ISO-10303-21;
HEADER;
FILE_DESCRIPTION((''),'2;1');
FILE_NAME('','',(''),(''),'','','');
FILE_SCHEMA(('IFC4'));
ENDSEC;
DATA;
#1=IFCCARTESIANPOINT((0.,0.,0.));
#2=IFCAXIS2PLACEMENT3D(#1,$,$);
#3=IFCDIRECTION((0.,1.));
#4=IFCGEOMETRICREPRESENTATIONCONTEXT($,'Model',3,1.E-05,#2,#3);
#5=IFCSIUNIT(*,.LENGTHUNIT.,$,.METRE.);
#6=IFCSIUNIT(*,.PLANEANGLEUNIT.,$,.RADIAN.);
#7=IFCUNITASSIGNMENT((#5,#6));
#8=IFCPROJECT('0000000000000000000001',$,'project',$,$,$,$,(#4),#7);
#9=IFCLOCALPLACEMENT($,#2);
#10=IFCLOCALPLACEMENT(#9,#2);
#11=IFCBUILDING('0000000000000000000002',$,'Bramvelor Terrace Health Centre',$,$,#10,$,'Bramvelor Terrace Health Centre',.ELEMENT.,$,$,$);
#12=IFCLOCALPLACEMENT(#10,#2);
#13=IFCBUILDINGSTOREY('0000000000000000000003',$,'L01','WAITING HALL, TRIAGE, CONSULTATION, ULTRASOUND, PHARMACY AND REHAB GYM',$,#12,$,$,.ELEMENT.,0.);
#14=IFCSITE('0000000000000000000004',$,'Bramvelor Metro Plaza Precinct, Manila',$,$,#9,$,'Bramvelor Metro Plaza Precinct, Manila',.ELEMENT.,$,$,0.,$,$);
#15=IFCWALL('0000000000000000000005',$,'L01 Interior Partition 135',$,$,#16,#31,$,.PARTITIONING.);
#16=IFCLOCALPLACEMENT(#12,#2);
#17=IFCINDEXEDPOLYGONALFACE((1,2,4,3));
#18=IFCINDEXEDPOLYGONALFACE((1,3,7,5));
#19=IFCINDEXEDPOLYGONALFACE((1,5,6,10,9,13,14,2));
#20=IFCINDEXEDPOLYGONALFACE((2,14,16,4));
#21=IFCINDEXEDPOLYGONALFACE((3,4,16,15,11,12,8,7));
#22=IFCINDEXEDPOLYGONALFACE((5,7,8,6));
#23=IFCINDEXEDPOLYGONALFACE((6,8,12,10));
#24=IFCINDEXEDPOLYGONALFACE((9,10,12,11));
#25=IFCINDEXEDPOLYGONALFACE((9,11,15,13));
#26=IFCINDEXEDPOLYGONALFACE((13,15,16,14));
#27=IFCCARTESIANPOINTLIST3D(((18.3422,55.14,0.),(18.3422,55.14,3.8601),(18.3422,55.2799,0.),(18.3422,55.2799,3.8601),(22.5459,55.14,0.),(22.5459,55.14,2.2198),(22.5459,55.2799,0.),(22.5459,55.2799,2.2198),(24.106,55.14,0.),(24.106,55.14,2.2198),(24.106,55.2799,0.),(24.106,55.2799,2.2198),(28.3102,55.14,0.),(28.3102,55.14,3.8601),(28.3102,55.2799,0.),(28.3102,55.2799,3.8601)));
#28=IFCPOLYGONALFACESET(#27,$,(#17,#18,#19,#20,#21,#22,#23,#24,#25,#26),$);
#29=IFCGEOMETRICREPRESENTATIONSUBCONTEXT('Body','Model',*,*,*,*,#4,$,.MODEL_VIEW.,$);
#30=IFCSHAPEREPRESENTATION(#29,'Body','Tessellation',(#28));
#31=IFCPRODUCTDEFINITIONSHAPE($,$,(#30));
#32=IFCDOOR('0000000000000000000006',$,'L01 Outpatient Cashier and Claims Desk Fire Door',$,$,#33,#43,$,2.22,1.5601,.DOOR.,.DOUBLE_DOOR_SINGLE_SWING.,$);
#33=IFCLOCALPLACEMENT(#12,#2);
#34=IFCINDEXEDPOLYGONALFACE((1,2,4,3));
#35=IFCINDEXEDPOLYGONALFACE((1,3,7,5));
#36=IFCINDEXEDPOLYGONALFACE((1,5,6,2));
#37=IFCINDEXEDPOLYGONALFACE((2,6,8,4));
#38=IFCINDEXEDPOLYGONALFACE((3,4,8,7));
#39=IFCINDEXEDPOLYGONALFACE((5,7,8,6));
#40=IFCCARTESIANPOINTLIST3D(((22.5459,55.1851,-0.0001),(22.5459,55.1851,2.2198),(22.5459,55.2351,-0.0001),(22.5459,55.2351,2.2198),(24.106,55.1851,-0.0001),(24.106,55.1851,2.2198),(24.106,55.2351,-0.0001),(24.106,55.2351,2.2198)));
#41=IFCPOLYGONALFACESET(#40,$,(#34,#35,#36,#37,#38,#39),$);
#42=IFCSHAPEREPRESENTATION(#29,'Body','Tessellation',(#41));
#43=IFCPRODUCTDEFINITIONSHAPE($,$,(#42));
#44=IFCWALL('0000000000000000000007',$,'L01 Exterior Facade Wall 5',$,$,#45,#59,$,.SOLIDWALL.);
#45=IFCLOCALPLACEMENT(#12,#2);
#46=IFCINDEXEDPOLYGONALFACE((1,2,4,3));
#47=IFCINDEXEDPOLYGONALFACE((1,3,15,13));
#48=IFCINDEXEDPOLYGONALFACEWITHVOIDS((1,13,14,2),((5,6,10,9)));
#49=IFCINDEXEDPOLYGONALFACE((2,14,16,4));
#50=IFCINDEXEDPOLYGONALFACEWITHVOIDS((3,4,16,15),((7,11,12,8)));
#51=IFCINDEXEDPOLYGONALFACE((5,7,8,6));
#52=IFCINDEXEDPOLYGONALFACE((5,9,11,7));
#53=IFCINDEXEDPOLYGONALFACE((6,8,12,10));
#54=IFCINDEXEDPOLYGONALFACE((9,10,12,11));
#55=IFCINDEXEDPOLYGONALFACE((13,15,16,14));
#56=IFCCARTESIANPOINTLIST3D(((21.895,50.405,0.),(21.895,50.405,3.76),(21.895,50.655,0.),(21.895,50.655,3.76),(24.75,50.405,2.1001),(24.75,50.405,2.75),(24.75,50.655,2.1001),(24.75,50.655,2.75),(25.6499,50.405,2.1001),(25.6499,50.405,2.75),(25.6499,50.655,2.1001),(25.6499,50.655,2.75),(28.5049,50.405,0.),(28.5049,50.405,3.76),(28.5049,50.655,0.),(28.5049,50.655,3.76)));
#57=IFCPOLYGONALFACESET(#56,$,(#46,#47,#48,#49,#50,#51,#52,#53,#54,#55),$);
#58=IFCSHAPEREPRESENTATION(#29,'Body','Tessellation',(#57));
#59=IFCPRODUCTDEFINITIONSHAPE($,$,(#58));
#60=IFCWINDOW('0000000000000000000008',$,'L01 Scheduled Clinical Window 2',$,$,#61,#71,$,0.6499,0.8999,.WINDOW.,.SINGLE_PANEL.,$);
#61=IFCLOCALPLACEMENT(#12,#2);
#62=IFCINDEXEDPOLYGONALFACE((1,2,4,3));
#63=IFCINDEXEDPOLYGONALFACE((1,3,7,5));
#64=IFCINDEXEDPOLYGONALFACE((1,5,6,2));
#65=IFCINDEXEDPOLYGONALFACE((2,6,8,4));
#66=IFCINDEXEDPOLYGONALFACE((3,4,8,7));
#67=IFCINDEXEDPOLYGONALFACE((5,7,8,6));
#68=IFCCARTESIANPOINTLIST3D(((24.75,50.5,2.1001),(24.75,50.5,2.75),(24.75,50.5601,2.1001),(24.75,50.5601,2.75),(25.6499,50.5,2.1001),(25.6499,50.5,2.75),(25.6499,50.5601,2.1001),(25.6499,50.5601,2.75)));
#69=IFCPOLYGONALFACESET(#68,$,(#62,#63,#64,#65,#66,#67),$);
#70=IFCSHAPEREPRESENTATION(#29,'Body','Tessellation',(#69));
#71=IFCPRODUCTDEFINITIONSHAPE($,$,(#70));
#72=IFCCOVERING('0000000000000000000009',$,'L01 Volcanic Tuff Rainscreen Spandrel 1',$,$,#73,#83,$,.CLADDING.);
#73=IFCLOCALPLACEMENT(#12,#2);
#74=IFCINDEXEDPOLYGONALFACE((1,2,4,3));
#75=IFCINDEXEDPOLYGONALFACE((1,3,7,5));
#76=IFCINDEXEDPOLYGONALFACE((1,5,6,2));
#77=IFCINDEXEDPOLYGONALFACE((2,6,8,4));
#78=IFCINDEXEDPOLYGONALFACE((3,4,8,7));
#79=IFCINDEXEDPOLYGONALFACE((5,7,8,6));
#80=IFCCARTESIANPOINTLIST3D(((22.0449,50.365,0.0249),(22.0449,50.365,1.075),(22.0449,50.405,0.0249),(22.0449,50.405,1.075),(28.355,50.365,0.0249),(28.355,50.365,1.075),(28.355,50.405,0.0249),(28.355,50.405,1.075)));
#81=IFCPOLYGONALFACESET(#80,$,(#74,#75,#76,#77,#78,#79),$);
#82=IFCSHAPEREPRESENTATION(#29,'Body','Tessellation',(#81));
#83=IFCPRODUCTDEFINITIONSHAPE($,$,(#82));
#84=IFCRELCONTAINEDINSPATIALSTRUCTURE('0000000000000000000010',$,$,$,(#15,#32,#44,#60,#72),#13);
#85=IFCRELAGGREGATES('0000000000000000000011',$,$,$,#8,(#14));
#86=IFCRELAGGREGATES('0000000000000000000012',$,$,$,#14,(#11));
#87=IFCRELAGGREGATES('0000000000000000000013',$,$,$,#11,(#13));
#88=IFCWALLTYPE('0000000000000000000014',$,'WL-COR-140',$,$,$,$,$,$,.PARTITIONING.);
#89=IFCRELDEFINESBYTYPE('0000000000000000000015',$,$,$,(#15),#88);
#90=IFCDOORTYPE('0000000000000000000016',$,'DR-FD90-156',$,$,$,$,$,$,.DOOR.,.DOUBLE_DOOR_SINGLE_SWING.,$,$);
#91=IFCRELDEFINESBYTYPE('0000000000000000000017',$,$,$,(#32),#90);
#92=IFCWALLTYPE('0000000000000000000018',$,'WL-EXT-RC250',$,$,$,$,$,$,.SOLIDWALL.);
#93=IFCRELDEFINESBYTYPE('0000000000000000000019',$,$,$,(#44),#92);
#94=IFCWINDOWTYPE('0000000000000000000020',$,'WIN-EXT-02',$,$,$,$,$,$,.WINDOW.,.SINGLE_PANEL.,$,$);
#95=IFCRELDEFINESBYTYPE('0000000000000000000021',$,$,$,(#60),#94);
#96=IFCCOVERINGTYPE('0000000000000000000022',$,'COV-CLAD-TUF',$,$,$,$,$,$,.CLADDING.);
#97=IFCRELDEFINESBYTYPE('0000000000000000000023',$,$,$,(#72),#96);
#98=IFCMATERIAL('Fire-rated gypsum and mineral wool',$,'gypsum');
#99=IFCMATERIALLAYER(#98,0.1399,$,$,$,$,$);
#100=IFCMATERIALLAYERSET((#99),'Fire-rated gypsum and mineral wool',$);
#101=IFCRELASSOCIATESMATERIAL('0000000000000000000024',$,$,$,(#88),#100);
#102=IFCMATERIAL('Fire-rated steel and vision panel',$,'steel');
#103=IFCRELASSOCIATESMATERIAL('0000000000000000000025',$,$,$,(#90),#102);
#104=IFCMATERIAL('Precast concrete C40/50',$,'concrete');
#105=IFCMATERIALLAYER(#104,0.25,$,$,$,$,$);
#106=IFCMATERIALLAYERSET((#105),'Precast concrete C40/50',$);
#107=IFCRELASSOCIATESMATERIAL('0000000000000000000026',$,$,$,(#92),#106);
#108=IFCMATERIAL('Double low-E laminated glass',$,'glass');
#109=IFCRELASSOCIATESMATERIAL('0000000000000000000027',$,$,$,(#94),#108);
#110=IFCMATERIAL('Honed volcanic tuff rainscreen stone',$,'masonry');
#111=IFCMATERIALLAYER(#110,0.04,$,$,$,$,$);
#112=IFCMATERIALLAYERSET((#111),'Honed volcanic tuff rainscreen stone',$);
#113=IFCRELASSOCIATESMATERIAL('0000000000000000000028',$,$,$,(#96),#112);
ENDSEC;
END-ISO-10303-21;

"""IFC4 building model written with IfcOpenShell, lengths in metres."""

from ifc_helpers import new_model, si_unit, direction, frame, frame_2d, origin, origin_2d, place, context, subcontext, project, spatial, rectangle, extrude, material, layer, layer_set, type_object, element, fill, save


model = new_model("IFC4")

# Units and contexts
model_context = context("Model", 3, precision=1e-05, world=origin(), true_north=direction((0.0, 1.0)))
body_context = subcontext(model_context, "Body", "Model", "MODEL_VIEW")
ifc_project = project(units=[si_unit("LENGTHUNIT", "METRE"), si_unit("PLANEANGLEUNIT", "RADIAN")], contexts=[model_context])

# Site, building, storey
site_placement = place(None, origin())
site = spatial("IfcSite", under=ifc_project, at=site_placement, Name="Bramvelor Metro Plaza Precinct, Manila", LongName="Bramvelor Metro Plaza Precinct, Manila", CompositionType="ELEMENT", RefElevation=0.0)
building_placement = place(site_placement, origin())
building = spatial("IfcBuilding", under=site, at=building_placement, Name="Bramvelor Terrace Health Centre", LongName="Bramvelor Terrace Health Centre", CompositionType="ELEMENT")
storey_placement = place(building_placement, origin())
storey = spatial("IfcBuildingStorey", under=building, at=storey_placement, Name="L01", Description="WAITING HALL, TRIAGE, CONSULTATION, ULTRASOUND, PHARMACY AND REHAB GYM", CompositionType="ELEMENT", Elevation=0.0)

# Wall, opening, door
ifc_material_1 = material(Name="Fire-rated gypsum and mineral wool", Category="gypsum")
ifc_layer_1 = layer(ifc_material_1, 0.1399)
ifc_layer_set_1 = layer_set([ifc_layer_1], Name="Fire-rated gypsum and mineral wool")
wall_type_1 = type_object("IfcWallType", Name="WL-COR-140", PredefinedType="PARTITIONING", material=ifc_layer_set_1)
wall_1_placement = place(storey_placement, frame((28.3101, 55.21, 0.0), z_axis=(0.0, 0.0, 1.0), x_axis=(-1.0, 0.0, 0.0)))
wall_1 = element("IfcWall", 1, at=wall_1_placement, inside=storey, type_object=wall_type_1, Name="L01 Interior Partition 135", PredefinedType="PARTITIONING", context=body_context, shape_type="SweptSolid", body=[
    extrude(rectangle(XDim=9.968, YDim=0.1399, at=frame_2d((4.9839, 0.0))), origin(), (0.0, 0.0, 1.0), 3.8601),
])
opening_1_placement = place(wall_1_placement, frame((4.2041, 0.0, 0.0)))
opening_1 = element("IfcOpeningElement", 2, at=opening_1_placement, cuts=wall_1, PredefinedType="OPENING", context=body_context, shape_type="SweptSolid", body=[
    extrude(rectangle(XDim=1.5601, YDim=2.22, at=frame_2d((0.78, 1.1099))), frame((0.0, 0.0798, 0.0), z_axis=(0.0, -1.0, 0.0), x_axis=(1.0, 0.0, 0.0)), (0.0, 0.0, 1.0), 0.1599),
])
ifc_material_2 = material(Name="Fire-rated steel and vision panel", Category="steel")
door_type = type_object("IfcDoorType", Name="DR-FD90-156", OperationType="DOUBLE_DOOR_SINGLE_SWING", PredefinedType="DOOR", material=ifc_material_2)
door_placement = place(opening_1_placement, origin())
door = element("IfcDoor", 3, at=door_placement, inside=storey, type_object=door_type, Name="L01 Outpatient Cashier and Claims Desk Fire Door", OperationType="DOUBLE_DOOR_SINGLE_SWING", OverallHeight=2.22, OverallWidth=1.5601, PredefinedType="DOOR", context=body_context, shape_type="SweptSolid", body=[
    extrude(rectangle(XDim=1.5601, YDim=2.22, at=frame_2d((0.78, 1.1099))), frame((0.0, 0.0249, 0.0), z_axis=(0.0, -1.0, 0.0), x_axis=(1.0, 0.0, 0.0)), (0.0, 0.0, 1.0), 0.05),
])
fill(opening_1, door)

# Wall, opening, window
ifc_material_3 = material(Name="Precast concrete C40/50", Category="concrete")
ifc_layer_2 = layer(ifc_material_3, 0.25)
ifc_layer_set_2 = layer_set([ifc_layer_2], Name="Precast concrete C40/50")
wall_type_2 = type_object("IfcWallType", Name="WL-EXT-RC250", PredefinedType="SOLIDWALL", material=ifc_layer_set_2)
wall_2_placement = place(storey_placement, frame((28.5049, 50.53, 0.0), z_axis=(0.0, 0.0, 1.0), x_axis=(-1.0, 0.0, 0.0)))
wall_2 = element("IfcWall", 4, at=wall_2_placement, inside=storey, type_object=wall_type_2, Name="L01 Exterior Facade Wall 5", PredefinedType="SOLIDWALL", context=body_context, shape_type="SweptSolid", body=[
    extrude(rectangle(XDim=6.6099, YDim=0.25, at=frame_2d((3.3049, 0.0))), origin(), (0.0, 0.0, 1.0), 3.76),
])
opening_2_placement = place(wall_2_placement, frame((2.855, 0.0, 2.1001)))
opening_2 = element("IfcOpeningElement", 5, at=opening_2_placement, cuts=wall_2, PredefinedType="OPENING", context=body_context, shape_type="SweptSolid", body=[
    extrude(rectangle(XDim=0.8999, YDim=0.6499, at=frame_2d((0.45, 0.325))), frame((0.0, 0.135, 0.0), z_axis=(0.0, -1.0, 0.0), x_axis=(1.0, 0.0, 0.0)), (0.0, 0.0, 1.0), 0.27),
])
ifc_material_4 = material(Name="Double low-E laminated glass", Category="glass")
window_type = type_object("IfcWindowType", Name="WIN-EXT-02", PartitioningType="SINGLE_PANEL", PredefinedType="WINDOW", material=ifc_material_4)
window_placement = place(opening_2_placement, origin())
window = element("IfcWindow", 6, at=window_placement, inside=storey, type_object=window_type, Name="L01 Scheduled Clinical Window 2", OverallHeight=0.6499, OverallWidth=0.8999, PartitioningType="SINGLE_PANEL", PredefinedType="WINDOW", context=body_context, shape_type="SweptSolid", body=[
    extrude(rectangle(XDim=0.8999, YDim=0.6499, at=frame_2d((0.45, 0.325))), frame((0.0, 0.03, 0.0), z_axis=(0.0, -1.0, 0.0), x_axis=(1.0, 0.0, 0.0)), (0.0, 0.0, 1.0), 0.0601),
])
fill(opening_2, window)

# Covering
ifc_material_5 = material(Name="Honed volcanic tuff rainscreen stone", Category="masonry")
ifc_layer_3 = layer(ifc_material_5, 0.04)
ifc_layer_set_3 = layer_set([ifc_layer_3], Name="Honed volcanic tuff rainscreen stone")
covering_type = type_object("IfcCoveringType", Name="COV-CLAD-TUF", PredefinedType="CLADDING", material=ifc_layer_set_3)
covering_placement = place(storey_placement, frame((25.2, 50.385, 0.0249), z_axis=(0.0, 0.0, 1.0), x_axis=(1.0, 0.0, 0.0)))
element("IfcCovering", 7, at=covering_placement, inside=storey, type_object=covering_type, Name="L01 Volcanic Tuff Rainscreen Spandrel 1", PredefinedType="CLADDING", context=body_context, shape_type="SweptSolid", body=[
    extrude(rectangle(XDim=6.3101, YDim=0.04, at=origin_2d()), origin(), (0.0, 0.0, 1.0), 1.05),
])

save(model, "model.ifc")
